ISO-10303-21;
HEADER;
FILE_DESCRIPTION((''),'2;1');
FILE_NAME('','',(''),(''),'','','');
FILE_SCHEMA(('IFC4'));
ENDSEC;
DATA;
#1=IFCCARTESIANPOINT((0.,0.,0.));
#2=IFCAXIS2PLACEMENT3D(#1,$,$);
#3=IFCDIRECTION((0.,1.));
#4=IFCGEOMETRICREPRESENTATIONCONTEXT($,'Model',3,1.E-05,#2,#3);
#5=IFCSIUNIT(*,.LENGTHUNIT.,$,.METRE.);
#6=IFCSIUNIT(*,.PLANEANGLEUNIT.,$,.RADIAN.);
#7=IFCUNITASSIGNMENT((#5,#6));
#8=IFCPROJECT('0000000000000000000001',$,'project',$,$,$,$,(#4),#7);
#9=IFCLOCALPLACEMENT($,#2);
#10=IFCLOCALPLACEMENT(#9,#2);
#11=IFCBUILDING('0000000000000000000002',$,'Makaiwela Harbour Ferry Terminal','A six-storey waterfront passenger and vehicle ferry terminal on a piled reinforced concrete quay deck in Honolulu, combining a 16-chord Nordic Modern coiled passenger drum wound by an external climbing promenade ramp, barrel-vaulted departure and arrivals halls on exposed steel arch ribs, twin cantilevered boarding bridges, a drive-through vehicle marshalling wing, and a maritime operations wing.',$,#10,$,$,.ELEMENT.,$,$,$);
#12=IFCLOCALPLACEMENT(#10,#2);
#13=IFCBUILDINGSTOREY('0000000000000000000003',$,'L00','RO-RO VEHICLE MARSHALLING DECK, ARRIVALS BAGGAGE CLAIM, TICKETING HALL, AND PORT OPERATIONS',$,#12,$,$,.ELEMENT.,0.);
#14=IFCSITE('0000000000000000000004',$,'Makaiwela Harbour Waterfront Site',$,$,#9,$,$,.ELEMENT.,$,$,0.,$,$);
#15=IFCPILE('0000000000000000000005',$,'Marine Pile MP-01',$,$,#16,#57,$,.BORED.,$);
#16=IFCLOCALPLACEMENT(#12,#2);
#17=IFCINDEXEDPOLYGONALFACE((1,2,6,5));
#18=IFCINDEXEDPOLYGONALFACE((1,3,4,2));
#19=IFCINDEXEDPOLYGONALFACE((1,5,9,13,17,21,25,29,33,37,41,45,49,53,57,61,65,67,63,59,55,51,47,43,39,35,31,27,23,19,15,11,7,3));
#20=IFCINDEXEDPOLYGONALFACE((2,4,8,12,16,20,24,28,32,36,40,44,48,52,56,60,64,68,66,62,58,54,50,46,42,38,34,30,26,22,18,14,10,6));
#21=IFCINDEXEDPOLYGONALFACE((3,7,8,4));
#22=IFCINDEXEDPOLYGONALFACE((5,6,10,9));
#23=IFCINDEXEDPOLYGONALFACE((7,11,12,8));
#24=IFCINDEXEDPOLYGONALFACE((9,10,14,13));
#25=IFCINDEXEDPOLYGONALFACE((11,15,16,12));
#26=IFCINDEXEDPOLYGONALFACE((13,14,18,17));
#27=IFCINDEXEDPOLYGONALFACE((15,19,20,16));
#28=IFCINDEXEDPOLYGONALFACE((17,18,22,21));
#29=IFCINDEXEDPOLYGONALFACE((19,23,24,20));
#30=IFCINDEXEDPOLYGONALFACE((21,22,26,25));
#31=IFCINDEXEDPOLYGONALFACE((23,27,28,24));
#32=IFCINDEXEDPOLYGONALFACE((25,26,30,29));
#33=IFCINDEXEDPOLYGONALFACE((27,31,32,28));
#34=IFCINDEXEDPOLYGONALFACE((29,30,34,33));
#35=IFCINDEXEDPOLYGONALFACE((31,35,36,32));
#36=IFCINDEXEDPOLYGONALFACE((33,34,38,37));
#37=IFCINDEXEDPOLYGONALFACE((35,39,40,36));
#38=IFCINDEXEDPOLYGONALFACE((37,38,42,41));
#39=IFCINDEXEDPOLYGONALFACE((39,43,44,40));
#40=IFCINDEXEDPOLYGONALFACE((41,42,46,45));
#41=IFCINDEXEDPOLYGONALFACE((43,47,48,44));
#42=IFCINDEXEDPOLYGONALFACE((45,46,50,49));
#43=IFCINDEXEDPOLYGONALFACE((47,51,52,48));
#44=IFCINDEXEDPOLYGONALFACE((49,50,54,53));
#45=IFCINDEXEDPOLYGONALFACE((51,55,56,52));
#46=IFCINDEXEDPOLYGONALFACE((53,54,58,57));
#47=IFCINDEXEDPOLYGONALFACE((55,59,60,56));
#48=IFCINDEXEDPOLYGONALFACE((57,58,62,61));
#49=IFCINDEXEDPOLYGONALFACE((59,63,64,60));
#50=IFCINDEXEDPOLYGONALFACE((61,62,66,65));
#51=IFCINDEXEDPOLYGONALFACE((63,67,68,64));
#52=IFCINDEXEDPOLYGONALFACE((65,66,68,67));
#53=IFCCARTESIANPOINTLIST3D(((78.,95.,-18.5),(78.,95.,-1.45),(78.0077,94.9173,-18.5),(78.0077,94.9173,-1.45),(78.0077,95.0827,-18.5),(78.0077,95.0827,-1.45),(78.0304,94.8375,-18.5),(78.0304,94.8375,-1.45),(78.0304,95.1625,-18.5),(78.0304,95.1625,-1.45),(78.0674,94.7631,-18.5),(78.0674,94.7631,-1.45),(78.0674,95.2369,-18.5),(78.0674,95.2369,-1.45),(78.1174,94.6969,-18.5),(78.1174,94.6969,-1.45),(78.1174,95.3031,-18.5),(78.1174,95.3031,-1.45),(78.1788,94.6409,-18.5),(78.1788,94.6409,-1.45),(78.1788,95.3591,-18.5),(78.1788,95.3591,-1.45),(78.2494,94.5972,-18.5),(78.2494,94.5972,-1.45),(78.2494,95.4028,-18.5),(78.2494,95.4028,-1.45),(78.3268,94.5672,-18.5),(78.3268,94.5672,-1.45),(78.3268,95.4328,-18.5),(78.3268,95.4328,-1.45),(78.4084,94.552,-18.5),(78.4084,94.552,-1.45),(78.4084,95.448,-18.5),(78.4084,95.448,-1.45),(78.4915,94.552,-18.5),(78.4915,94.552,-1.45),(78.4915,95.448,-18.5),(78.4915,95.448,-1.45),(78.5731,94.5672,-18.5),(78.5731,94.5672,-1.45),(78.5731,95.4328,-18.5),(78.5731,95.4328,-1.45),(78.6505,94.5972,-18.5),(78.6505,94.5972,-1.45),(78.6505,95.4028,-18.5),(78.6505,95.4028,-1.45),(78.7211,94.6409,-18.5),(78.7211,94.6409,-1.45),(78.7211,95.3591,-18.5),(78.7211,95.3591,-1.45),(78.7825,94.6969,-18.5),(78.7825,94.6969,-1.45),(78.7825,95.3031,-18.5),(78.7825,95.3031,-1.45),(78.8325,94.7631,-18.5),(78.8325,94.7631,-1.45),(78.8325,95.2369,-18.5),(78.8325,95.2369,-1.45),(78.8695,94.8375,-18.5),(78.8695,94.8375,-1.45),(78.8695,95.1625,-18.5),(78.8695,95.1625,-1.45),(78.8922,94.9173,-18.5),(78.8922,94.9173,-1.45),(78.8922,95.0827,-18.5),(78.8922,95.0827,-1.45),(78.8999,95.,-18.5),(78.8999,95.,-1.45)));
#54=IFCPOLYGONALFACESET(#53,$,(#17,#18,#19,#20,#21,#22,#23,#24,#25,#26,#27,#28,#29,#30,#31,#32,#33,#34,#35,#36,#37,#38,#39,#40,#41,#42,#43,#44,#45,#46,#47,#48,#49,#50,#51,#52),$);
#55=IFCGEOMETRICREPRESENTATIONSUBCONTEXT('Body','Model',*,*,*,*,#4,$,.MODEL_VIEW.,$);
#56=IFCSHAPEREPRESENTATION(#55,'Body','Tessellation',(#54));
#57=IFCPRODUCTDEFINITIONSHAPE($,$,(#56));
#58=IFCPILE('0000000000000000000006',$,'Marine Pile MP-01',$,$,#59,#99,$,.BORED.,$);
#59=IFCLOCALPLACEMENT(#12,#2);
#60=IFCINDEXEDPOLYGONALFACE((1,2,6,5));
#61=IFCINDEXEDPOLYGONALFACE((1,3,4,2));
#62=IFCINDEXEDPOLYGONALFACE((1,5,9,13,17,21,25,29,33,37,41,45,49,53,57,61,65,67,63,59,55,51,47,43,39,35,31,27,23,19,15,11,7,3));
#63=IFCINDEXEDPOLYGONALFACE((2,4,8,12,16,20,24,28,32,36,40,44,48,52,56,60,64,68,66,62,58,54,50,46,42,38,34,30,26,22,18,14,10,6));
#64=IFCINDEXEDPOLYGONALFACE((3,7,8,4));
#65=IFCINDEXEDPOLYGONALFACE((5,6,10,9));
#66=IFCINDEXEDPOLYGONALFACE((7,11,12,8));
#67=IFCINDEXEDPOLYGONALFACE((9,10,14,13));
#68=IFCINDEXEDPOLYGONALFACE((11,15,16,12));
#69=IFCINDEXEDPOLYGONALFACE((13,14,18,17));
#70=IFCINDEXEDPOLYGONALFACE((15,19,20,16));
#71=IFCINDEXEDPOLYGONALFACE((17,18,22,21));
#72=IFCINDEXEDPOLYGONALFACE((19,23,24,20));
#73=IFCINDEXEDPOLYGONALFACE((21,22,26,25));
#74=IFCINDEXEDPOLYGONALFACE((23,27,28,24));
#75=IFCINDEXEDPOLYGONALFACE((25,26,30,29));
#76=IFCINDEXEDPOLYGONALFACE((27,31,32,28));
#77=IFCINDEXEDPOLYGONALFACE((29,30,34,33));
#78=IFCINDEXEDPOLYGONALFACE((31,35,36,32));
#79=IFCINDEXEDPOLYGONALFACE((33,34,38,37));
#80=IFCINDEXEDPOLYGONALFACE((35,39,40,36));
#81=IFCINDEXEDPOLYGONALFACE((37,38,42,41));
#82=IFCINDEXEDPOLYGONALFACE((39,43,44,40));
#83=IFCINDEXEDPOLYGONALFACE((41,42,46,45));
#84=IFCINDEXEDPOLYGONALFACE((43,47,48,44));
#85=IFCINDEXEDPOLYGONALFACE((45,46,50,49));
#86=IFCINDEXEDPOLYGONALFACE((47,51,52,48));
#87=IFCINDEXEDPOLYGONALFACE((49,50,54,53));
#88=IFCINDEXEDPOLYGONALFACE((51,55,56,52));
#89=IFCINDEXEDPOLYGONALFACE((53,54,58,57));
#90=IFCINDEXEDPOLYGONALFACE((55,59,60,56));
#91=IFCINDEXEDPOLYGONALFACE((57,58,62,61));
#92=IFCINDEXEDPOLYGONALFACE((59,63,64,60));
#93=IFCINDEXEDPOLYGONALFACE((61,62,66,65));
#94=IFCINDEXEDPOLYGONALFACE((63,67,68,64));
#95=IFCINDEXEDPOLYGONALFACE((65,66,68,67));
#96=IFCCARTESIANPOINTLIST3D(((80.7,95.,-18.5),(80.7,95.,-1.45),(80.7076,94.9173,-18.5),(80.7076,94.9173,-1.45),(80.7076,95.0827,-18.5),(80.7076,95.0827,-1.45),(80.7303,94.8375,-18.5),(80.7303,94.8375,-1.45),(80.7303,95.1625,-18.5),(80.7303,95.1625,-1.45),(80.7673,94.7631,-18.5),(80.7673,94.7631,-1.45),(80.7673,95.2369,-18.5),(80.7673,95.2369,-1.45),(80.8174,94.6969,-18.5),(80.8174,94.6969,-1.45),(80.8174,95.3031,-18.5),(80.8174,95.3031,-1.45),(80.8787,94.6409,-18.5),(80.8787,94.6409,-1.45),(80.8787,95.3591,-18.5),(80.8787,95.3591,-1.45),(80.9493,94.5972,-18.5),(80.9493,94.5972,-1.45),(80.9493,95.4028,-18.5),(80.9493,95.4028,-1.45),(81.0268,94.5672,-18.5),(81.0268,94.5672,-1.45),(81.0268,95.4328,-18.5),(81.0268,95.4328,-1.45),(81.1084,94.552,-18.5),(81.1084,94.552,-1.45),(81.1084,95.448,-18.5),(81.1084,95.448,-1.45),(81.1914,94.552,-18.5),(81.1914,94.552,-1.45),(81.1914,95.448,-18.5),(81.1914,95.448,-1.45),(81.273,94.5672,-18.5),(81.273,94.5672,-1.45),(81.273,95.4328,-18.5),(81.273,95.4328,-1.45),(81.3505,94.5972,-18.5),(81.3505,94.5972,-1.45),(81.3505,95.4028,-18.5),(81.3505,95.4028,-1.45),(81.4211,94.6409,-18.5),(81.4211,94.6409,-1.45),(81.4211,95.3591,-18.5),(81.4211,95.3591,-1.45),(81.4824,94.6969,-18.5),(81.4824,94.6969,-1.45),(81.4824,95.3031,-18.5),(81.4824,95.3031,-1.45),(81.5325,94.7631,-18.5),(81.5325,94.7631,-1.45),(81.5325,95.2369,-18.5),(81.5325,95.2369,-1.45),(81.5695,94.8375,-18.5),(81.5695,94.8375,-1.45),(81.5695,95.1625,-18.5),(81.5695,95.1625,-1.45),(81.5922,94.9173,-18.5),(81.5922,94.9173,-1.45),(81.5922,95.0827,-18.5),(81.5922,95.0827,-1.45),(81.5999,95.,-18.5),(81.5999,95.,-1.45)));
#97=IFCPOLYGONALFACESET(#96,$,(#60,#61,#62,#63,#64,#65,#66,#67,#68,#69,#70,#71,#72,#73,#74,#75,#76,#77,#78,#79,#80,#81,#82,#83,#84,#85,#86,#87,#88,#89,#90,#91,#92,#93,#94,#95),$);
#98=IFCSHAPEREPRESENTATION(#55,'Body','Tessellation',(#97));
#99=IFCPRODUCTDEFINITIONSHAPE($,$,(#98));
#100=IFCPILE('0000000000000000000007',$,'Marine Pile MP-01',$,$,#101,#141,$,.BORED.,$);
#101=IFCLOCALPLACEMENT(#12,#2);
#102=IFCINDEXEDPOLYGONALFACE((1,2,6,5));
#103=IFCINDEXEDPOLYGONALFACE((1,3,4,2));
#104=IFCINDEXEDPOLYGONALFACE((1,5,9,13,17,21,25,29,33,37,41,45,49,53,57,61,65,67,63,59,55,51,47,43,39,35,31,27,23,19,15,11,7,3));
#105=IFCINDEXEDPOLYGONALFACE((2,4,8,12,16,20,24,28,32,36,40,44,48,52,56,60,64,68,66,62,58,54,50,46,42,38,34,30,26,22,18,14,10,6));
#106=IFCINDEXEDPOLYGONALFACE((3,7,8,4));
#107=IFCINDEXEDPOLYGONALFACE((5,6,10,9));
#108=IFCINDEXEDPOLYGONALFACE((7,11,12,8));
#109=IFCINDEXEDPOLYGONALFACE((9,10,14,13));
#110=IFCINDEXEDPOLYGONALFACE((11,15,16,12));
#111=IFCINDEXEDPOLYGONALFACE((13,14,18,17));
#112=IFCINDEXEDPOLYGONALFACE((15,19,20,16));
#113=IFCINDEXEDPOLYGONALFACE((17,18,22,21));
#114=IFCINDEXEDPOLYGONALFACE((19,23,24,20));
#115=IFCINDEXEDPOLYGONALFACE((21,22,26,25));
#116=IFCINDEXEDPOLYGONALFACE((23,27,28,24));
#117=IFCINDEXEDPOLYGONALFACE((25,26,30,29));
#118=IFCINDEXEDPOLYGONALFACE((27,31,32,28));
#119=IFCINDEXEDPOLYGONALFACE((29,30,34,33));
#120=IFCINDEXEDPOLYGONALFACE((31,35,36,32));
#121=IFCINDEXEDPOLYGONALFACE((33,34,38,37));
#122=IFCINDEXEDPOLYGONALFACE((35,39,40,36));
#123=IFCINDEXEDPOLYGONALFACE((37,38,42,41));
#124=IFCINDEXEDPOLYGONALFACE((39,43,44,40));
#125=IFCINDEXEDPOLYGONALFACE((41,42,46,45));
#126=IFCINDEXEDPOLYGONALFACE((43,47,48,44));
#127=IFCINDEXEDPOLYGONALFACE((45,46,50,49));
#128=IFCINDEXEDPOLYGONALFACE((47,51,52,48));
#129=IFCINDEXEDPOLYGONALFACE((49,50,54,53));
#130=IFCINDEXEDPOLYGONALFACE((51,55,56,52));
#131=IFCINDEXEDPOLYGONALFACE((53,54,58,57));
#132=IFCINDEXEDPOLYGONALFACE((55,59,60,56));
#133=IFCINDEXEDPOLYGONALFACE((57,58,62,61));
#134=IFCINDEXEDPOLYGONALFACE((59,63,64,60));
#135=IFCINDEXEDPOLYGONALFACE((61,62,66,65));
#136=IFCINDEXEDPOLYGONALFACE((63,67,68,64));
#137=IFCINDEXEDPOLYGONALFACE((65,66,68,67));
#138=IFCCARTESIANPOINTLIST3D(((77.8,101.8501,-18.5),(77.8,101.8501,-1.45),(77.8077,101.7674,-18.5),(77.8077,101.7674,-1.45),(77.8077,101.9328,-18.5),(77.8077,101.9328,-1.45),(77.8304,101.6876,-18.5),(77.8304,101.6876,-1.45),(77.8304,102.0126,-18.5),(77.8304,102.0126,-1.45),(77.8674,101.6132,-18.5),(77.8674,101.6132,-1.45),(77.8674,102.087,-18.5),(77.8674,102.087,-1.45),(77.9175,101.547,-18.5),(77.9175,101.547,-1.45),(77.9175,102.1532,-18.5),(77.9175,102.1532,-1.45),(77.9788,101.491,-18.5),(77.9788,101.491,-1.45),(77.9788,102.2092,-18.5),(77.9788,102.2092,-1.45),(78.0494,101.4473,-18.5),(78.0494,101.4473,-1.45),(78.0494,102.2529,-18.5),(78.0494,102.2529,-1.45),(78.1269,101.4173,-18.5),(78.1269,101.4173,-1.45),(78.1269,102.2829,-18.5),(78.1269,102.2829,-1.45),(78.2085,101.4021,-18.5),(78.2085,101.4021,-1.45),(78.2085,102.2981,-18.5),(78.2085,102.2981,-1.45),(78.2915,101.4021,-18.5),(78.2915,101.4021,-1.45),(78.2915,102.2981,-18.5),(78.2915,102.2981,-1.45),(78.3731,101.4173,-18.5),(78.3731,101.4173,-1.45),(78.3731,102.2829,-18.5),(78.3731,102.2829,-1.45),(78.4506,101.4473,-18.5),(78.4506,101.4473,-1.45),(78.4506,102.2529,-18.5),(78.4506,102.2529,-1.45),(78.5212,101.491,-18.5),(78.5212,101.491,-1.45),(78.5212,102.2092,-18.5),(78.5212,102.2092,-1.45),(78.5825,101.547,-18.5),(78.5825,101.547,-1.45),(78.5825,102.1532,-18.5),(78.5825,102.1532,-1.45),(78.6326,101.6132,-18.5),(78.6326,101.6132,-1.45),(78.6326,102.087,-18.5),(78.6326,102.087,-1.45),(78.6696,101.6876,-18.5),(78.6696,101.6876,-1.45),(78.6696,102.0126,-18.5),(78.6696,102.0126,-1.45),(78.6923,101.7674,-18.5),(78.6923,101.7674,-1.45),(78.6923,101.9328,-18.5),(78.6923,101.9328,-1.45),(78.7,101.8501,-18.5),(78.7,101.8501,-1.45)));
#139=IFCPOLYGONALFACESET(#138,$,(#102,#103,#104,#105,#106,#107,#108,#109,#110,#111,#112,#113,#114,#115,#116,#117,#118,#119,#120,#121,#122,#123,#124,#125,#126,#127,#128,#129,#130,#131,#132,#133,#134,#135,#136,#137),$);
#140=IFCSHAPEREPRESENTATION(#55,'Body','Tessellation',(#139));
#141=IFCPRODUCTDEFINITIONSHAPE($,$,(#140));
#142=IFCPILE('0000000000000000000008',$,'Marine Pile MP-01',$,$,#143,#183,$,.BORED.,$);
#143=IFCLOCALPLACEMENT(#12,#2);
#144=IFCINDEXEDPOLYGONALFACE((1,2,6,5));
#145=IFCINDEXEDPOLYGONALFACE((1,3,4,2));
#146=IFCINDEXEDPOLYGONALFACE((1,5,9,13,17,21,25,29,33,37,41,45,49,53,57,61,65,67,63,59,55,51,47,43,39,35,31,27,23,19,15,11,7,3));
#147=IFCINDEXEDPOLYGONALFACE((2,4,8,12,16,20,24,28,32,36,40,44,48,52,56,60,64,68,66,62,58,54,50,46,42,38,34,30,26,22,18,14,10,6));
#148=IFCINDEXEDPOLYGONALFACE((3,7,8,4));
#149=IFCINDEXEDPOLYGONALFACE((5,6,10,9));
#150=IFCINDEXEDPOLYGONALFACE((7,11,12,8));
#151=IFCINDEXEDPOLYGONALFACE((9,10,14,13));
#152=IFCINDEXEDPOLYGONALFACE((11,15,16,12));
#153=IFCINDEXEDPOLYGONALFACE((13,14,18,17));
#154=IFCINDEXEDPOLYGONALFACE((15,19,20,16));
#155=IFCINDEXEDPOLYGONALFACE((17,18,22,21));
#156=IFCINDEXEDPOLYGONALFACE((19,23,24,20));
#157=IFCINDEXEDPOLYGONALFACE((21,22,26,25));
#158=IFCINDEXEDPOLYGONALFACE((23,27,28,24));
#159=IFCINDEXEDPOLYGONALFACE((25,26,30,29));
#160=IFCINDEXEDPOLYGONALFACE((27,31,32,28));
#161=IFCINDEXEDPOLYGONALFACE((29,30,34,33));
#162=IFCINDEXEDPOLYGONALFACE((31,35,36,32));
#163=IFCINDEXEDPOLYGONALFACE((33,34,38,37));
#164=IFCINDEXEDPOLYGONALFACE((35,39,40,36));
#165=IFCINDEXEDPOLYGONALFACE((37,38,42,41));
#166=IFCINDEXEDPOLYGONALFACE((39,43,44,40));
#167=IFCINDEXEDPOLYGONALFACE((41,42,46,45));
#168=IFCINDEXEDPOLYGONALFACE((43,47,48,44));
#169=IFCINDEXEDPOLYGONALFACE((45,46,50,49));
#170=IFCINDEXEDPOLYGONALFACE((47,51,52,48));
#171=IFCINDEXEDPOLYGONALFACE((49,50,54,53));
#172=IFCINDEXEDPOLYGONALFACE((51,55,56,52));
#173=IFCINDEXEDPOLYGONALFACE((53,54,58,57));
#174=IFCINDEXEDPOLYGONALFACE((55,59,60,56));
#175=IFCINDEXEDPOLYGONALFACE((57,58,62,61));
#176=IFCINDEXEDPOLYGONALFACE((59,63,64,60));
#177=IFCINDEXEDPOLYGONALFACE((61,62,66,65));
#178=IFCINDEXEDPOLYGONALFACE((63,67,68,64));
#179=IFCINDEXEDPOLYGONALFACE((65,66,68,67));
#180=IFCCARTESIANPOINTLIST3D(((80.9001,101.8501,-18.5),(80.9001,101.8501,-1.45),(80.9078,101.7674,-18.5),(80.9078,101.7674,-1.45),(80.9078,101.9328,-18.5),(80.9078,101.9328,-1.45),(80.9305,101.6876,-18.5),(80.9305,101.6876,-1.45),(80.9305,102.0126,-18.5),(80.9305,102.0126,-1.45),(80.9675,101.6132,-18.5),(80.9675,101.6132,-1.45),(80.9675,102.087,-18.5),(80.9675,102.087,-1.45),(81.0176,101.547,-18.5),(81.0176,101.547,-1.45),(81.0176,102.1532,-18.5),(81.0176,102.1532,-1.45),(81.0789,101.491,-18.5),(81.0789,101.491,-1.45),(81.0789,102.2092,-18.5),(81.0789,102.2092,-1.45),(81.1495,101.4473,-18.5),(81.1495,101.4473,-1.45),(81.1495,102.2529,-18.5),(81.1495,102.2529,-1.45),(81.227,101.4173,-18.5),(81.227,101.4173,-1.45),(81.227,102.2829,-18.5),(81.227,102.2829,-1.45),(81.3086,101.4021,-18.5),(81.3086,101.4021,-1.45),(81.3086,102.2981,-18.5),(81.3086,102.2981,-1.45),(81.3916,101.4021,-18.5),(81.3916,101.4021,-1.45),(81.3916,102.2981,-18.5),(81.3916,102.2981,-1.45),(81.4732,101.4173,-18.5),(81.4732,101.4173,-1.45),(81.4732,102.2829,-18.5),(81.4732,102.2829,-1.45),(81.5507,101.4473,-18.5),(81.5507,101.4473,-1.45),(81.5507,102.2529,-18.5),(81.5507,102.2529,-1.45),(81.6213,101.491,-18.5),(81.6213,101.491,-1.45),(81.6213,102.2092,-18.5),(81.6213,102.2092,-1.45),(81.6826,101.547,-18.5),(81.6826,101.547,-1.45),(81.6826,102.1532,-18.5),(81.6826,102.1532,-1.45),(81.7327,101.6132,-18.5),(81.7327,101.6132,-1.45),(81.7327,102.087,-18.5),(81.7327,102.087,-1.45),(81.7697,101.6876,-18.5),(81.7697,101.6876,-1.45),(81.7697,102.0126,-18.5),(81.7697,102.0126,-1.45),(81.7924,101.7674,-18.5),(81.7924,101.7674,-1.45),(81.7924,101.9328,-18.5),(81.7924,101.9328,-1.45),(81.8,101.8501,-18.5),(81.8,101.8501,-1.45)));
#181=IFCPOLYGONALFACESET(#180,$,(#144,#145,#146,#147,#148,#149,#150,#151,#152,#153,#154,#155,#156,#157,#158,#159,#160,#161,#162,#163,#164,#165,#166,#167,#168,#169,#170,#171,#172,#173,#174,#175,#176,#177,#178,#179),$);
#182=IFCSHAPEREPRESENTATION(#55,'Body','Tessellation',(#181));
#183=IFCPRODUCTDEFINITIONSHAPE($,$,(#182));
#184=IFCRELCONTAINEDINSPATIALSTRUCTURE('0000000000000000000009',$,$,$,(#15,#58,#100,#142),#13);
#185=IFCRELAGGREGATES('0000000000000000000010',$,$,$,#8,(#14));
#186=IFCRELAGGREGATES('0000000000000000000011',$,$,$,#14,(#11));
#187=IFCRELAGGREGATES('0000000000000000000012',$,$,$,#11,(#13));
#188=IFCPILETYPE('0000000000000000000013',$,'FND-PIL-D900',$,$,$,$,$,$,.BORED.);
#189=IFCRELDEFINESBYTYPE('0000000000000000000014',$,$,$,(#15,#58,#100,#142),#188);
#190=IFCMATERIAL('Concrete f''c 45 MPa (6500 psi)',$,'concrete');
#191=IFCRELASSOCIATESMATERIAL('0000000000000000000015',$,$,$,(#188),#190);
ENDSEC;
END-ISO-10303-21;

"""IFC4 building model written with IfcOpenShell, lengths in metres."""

from ifc_helpers import new_model, si_unit, direction, frame, origin, origin_2d, place, context, subcontext, project, spatial, circle, extrude, material, material_profile, profile_set, type_object, element, save


model = new_model("IFC4")

# Units and contexts
model_context = context("Model", 3, precision=1e-05, world=origin(), true_north=direction((0.0, 1.0)))
body_context = subcontext(model_context, "Body", "Model", "MODEL_VIEW")
ifc_project = project(units=[si_unit("LENGTHUNIT", "METRE"), si_unit("PLANEANGLEUNIT", "RADIAN")], contexts=[model_context])

# Site, building, storey
site_placement = place(None, origin())
site = spatial("IfcSite", under=ifc_project, at=site_placement, Name="Makaiwela Harbour Waterfront Site", CompositionType="ELEMENT", RefElevation=0.0)
building_placement = place(site_placement, origin())
building = spatial("IfcBuilding", under=site, at=building_placement, Name="Makaiwela Harbour Ferry Terminal", Description="A six-storey waterfront passenger and vehicle ferry terminal on a piled reinforced concrete quay deck in Honolulu, combining a 16-chord Nordic Modern coiled passenger drum wound by an external climbing promenade ramp, barrel-vaulted departure and arrivals halls on exposed steel arch ribs, twin cantilevered boarding bridges, a drive-through vehicle marshalling wing, and a maritime operations wing.", CompositionType="ELEMENT")
storey_placement = place(building_placement, origin())
storey = spatial("IfcBuildingStorey", under=building, at=storey_placement, Name="L00", Description="RO-RO VEHICLE MARSHALLING DECK, ARRIVALS BAGGAGE CLAIM, TICKETING HALL, AND PORT OPERATIONS", CompositionType="ELEMENT", Elevation=0.0)

# Shared definitions
ifc_material_1 = material(Name="Concrete f'c 45 MPa (6500 psi)", Category="concrete")

# Piles
ifc_material_profile_1 = material_profile(ifc_material_1, circle(Radius=0.45, at=origin_2d()), Name="PILE-D900")
ifc_profile_set_1 = profile_set([ifc_material_profile_1], Name="Concrete f'c 45 MPa (6500 psi)")
pile_type = type_object("IfcPileType", Name="FND-PIL-D900", PredefinedType="BORED", material=ifc_profile_set_1)
for number, where, z_axis, x_axis, name in (
    (1, (78.45, 95.0, -1.45), (0.0, 0.0, -1.0), (1.0, 0.0, 0.0), "Marine Pile MP-01"),
    (2, (81.1499, 95.0, -1.45), (0.0, 0.0, -1.0), (1.0, 0.0, 0.0), "Marine Pile MP-01"),
    (3, (78.25, 101.8501, -1.45), (0.0, 0.0, -1.0), (1.0, 0.0, 0.0), "Marine Pile MP-01"),
    (4, (81.3501, 101.8501, -1.45), (0.0, 0.0, -1.0), (1.0, 0.0, 0.0), "Marine Pile MP-01"),
):
    element("IfcPile", number, at=place(storey_placement, frame(where, z_axis=z_axis, x_axis=x_axis)), inside=storey, type_object=pile_type, Name=name, PredefinedType="BORED", context=body_context, shape_type="SweptSolid", body=[
        extrude(circle(Radius=0.45, at=origin_2d()), origin(), (0.0, 0.0, 1.0), 17.05),
    ])

save(model, "model.ifc")
